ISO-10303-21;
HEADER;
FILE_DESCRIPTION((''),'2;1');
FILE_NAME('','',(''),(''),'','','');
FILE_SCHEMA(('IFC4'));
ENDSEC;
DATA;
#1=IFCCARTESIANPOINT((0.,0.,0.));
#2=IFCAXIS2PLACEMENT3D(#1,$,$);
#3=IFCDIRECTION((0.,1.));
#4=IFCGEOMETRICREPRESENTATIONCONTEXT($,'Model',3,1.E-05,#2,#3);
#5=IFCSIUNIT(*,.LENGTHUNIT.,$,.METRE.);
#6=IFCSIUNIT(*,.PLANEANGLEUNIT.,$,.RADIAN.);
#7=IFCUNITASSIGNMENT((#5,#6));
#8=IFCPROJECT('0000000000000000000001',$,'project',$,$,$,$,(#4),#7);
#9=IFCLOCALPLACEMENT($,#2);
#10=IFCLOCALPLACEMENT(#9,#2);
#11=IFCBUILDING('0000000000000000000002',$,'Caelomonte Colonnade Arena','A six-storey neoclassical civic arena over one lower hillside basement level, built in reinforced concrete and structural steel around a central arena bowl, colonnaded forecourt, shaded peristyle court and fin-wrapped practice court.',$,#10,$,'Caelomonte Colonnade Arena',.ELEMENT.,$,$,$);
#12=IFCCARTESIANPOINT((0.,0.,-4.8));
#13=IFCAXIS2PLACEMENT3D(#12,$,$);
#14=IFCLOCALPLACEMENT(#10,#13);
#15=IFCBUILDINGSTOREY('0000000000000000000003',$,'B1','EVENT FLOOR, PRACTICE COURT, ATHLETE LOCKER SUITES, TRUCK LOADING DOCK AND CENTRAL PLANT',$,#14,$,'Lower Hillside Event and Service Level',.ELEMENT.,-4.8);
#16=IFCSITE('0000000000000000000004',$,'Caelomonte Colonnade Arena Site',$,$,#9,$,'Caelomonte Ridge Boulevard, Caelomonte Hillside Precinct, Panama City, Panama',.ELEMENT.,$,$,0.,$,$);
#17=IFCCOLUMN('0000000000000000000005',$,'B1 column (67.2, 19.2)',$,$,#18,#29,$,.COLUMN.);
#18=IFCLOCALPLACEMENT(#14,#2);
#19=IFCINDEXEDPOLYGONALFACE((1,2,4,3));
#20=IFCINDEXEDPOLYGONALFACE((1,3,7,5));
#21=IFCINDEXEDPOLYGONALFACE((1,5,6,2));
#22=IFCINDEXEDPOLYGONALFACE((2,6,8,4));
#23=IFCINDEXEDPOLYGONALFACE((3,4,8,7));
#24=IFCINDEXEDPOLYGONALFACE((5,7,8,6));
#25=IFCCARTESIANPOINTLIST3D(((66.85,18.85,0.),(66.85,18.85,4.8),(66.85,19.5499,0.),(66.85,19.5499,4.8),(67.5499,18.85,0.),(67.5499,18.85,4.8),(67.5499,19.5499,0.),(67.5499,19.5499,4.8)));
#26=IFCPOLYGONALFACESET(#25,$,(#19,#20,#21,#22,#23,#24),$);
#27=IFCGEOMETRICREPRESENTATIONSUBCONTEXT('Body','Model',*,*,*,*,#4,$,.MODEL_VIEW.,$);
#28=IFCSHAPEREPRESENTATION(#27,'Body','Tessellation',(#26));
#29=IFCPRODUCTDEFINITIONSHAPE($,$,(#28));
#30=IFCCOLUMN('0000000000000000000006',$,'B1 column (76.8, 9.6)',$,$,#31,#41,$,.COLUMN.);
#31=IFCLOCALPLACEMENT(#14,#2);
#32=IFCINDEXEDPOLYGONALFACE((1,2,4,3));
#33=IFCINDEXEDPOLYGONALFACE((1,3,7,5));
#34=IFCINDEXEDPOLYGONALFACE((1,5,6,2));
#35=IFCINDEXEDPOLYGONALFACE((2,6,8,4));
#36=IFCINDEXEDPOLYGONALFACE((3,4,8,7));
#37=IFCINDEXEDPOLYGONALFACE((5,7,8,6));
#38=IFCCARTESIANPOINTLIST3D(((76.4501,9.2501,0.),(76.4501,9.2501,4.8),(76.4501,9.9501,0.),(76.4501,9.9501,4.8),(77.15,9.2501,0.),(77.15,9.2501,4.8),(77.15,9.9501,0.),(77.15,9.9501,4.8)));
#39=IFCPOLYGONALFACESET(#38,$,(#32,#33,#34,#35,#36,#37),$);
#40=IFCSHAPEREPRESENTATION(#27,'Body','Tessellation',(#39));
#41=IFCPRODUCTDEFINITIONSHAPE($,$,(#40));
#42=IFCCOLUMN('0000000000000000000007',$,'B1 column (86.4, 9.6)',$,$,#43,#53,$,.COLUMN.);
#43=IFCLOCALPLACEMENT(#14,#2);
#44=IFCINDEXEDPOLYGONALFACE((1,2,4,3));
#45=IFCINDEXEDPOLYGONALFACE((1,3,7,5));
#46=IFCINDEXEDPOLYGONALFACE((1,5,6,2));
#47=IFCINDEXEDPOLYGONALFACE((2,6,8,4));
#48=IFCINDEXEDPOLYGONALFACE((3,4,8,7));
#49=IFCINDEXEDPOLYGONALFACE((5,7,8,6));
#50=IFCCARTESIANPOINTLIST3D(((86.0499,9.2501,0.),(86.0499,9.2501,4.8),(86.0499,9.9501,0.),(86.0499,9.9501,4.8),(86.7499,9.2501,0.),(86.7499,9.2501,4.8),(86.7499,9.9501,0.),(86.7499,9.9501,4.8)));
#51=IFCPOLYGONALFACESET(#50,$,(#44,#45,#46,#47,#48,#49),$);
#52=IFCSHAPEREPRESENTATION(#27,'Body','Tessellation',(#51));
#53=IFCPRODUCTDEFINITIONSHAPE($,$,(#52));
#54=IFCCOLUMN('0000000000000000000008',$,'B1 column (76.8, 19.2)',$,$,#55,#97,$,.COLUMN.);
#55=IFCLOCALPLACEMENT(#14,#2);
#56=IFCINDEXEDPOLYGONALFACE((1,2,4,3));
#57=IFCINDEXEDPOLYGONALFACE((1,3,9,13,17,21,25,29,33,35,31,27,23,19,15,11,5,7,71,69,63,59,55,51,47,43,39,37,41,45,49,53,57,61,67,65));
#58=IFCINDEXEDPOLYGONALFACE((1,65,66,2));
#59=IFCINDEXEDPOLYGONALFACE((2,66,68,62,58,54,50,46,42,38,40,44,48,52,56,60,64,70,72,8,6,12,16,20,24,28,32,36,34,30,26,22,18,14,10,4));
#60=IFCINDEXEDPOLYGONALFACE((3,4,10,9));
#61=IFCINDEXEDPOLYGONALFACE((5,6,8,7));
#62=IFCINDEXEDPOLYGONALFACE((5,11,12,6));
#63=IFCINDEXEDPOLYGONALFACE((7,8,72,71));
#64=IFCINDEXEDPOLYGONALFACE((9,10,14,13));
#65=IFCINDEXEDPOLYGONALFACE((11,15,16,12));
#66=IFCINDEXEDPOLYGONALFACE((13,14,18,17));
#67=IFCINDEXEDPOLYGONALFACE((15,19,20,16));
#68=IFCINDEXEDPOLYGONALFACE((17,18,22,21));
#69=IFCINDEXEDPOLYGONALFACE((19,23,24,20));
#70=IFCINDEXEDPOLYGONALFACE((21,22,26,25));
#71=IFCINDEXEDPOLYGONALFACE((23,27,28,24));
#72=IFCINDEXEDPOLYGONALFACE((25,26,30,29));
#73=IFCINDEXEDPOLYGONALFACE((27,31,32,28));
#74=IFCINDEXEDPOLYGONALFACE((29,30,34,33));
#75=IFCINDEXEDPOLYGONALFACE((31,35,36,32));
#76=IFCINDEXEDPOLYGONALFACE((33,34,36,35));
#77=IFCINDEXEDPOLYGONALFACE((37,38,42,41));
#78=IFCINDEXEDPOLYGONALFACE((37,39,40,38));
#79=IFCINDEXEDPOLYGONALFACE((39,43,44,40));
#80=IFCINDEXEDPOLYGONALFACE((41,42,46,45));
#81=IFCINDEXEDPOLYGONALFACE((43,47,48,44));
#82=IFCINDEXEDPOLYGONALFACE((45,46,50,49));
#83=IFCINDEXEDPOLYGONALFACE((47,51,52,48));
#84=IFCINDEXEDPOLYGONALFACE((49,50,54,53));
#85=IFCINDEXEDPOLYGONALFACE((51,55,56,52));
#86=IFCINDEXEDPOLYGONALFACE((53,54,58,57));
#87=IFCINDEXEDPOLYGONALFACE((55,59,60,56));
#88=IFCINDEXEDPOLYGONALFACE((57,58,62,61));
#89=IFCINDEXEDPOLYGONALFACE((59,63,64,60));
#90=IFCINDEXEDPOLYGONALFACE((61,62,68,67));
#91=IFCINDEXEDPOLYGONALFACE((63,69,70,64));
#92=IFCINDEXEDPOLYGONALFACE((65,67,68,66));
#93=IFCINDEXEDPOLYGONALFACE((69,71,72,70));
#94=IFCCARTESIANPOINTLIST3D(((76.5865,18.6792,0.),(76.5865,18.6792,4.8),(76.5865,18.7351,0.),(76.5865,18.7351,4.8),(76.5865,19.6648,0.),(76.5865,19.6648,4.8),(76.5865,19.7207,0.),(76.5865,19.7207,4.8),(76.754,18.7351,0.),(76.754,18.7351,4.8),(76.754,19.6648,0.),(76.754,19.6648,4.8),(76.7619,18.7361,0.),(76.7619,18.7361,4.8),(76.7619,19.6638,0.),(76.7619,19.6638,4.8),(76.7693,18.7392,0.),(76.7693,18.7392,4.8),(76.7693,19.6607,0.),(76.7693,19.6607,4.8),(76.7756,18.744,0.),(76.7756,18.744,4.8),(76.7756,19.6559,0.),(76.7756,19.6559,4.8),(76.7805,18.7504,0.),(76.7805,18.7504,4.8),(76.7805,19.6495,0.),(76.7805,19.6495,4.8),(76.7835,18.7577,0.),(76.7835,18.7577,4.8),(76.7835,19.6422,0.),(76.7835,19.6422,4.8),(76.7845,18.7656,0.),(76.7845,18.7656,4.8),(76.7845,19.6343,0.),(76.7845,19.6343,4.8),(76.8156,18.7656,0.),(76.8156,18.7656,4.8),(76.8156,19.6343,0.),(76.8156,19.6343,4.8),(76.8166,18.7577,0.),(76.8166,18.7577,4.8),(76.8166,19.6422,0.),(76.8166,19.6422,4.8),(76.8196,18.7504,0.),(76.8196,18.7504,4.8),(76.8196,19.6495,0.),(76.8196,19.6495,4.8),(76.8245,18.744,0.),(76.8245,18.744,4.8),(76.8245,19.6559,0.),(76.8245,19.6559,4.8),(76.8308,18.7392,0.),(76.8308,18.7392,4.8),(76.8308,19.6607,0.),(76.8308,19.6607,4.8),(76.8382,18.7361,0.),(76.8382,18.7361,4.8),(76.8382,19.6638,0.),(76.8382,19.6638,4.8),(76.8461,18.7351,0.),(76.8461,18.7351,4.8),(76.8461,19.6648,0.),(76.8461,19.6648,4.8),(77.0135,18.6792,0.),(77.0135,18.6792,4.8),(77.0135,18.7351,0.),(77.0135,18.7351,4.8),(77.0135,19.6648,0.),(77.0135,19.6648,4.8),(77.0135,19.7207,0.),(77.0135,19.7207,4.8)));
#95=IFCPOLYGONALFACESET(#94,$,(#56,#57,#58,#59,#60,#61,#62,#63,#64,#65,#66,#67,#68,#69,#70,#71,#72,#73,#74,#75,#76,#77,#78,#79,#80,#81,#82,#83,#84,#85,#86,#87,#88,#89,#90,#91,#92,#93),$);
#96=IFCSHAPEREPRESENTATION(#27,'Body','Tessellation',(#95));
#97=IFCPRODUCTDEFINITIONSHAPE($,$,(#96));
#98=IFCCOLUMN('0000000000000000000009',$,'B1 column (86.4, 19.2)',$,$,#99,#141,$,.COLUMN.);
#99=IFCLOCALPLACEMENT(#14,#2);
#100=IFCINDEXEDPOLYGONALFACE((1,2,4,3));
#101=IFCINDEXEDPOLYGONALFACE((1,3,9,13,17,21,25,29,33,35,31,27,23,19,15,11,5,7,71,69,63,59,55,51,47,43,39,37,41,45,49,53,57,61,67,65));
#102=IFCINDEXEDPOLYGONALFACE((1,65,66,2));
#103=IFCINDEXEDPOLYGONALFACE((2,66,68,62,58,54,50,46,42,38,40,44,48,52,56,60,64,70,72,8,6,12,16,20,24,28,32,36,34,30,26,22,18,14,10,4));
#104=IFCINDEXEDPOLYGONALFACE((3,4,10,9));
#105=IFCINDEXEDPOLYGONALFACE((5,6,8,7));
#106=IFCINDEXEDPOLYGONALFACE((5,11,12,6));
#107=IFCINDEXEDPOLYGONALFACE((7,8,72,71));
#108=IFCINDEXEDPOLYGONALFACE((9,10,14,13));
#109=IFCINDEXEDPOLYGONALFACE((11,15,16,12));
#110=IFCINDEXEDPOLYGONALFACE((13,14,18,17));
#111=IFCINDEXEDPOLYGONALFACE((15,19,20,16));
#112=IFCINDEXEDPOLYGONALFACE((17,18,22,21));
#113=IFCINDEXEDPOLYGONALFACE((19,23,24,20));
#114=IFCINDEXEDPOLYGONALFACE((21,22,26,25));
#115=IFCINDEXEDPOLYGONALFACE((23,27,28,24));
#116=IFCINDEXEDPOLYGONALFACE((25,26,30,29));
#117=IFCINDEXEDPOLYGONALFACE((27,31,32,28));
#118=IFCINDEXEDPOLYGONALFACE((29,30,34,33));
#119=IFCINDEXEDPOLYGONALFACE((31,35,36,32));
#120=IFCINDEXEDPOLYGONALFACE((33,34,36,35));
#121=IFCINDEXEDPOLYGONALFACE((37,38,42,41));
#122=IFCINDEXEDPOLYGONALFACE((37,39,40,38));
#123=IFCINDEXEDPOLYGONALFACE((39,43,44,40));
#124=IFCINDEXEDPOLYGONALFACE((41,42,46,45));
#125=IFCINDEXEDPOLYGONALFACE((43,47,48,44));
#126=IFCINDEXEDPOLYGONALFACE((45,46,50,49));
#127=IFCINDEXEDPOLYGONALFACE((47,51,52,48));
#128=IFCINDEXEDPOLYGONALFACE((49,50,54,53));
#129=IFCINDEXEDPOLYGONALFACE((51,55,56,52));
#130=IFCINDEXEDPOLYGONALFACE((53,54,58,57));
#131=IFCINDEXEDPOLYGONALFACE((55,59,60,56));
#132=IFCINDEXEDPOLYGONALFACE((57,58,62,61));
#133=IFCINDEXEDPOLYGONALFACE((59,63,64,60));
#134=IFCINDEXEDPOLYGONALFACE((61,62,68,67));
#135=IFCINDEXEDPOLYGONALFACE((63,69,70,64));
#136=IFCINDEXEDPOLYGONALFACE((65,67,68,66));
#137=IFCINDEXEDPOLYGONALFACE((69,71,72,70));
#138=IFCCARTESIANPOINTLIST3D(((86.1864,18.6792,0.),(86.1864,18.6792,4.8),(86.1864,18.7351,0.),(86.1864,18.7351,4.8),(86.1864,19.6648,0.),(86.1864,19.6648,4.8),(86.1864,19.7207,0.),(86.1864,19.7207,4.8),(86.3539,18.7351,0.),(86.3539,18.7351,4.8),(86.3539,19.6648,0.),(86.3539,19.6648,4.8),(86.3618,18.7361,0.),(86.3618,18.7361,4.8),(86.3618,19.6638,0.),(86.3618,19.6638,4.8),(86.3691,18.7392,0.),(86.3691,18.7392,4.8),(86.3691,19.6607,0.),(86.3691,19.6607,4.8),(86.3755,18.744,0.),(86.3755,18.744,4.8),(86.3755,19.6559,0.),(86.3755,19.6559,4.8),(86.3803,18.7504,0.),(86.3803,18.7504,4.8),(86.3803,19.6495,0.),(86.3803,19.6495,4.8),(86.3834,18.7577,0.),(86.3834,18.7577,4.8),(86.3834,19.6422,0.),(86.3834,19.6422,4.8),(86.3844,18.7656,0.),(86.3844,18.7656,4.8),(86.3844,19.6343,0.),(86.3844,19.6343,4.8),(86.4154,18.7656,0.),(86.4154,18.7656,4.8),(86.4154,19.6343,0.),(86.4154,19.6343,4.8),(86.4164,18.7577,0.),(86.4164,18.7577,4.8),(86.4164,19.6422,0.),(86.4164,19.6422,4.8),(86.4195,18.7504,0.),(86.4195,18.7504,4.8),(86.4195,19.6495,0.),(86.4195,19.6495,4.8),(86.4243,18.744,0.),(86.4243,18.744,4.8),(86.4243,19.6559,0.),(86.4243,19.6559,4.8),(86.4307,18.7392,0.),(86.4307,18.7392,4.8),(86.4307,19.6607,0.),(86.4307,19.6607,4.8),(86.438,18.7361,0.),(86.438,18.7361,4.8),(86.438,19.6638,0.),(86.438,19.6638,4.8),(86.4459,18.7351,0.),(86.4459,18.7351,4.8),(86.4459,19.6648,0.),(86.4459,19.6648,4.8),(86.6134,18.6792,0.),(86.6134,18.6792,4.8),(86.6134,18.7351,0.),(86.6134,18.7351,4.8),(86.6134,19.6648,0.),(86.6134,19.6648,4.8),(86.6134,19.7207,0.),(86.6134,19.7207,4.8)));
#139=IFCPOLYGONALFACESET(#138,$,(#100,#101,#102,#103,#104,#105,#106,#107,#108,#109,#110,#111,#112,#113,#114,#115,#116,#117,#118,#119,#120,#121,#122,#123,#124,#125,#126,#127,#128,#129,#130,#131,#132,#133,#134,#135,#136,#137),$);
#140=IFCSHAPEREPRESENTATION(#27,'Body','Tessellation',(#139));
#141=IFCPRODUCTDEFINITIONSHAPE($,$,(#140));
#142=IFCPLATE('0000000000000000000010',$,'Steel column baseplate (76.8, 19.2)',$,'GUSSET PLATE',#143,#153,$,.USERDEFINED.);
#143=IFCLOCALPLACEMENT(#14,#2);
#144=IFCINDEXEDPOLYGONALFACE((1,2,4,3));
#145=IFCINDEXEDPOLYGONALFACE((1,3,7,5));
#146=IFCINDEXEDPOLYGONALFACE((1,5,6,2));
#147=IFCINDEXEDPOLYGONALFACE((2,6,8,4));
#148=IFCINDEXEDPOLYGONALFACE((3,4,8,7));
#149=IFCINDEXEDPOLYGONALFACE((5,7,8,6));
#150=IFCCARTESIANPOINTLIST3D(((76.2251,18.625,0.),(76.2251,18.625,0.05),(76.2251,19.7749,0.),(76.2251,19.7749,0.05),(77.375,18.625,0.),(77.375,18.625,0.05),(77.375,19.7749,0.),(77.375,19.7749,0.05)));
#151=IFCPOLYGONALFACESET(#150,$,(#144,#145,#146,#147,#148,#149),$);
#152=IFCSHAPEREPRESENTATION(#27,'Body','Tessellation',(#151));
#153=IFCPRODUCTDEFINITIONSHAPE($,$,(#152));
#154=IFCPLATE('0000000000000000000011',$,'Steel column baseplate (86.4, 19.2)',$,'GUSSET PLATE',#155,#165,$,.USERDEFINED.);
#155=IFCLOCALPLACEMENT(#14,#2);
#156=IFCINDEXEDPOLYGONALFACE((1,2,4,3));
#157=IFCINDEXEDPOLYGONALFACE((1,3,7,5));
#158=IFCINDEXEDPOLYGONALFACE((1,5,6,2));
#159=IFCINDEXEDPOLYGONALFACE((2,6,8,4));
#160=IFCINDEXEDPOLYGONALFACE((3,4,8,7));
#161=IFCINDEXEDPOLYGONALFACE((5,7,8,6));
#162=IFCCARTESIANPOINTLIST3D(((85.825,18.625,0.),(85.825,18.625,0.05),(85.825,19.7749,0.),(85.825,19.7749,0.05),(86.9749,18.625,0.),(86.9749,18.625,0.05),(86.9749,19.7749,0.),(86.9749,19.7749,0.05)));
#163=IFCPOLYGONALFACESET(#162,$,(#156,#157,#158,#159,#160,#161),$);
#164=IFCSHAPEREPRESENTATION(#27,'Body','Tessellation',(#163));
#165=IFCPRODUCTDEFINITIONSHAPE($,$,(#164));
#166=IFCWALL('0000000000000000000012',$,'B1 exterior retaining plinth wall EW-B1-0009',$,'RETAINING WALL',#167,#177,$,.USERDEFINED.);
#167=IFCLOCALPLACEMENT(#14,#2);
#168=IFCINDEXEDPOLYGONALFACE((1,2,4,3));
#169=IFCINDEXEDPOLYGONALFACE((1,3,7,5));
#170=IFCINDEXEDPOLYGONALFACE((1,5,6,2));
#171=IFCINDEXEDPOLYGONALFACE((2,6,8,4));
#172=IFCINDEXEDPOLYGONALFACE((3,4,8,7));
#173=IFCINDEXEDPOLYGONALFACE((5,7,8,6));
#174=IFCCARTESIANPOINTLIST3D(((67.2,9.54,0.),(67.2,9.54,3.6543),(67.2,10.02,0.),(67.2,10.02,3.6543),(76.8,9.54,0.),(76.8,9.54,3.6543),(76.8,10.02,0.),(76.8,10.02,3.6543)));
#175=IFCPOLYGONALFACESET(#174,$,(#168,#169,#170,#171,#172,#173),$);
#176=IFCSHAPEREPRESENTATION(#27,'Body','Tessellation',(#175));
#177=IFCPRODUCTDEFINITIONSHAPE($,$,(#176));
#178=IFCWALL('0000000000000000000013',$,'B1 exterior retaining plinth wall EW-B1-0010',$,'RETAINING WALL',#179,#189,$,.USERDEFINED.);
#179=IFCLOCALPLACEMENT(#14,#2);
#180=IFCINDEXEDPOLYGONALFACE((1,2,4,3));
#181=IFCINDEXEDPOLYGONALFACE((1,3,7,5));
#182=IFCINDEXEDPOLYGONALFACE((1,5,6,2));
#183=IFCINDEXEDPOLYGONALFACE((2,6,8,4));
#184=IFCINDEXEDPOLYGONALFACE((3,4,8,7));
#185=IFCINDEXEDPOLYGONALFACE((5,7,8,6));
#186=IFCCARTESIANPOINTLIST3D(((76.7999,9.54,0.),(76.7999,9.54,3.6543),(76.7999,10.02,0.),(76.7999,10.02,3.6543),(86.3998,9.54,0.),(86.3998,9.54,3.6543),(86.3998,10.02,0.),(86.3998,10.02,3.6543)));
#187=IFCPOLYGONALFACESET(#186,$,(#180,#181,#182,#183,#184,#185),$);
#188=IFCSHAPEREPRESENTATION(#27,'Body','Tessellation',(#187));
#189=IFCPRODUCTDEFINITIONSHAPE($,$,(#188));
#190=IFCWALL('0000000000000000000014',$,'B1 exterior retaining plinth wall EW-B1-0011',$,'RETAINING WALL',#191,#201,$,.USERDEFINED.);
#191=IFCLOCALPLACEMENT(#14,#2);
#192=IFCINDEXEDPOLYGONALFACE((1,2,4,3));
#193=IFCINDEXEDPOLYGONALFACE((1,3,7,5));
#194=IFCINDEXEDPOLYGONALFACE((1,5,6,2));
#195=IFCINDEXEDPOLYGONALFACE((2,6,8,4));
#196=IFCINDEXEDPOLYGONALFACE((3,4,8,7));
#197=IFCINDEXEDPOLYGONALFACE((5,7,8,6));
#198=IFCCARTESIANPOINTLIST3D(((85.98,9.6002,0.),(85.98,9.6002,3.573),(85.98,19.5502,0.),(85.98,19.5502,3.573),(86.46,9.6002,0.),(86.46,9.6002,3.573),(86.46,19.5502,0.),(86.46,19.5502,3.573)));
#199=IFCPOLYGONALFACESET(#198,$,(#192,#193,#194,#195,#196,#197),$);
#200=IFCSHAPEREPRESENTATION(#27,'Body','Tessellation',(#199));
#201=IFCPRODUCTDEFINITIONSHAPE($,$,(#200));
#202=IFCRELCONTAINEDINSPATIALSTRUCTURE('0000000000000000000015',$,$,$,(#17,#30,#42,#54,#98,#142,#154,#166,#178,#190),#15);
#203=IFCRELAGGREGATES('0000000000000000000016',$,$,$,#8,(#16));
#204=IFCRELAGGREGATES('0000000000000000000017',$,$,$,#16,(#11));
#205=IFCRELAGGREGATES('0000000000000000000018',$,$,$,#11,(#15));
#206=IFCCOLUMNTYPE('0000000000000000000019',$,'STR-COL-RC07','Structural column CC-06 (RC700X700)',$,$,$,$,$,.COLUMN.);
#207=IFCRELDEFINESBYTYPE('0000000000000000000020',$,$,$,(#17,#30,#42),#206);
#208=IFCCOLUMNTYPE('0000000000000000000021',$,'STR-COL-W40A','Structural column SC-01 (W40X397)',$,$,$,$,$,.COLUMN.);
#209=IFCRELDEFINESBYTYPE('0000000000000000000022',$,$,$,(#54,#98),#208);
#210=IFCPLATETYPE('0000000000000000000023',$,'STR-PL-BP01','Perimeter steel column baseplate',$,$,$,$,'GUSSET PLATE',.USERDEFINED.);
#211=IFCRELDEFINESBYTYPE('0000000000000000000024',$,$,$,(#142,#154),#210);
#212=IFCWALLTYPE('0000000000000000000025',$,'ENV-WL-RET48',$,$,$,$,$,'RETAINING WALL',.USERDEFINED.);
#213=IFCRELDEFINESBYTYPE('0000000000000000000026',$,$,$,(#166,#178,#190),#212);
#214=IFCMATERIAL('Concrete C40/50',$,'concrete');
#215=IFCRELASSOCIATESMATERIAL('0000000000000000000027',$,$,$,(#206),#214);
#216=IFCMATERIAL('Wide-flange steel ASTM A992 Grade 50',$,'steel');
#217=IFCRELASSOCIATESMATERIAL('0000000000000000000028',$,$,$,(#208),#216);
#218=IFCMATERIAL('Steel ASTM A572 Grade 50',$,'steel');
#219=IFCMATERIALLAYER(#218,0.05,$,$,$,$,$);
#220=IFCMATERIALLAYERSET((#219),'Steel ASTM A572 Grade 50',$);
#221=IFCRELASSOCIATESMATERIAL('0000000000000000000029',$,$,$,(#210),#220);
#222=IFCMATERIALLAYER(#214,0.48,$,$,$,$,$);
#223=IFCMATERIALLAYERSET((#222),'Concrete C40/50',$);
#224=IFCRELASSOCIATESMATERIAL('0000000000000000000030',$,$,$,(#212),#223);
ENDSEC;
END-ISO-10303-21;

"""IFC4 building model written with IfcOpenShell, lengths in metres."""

from ifc_helpers import new_model, si_unit, direction, frame, frame_2d, origin, origin_2d, place, context, subcontext, project, spatial, rectangle, i_section, extrude, material, layer, layer_set, material_profile, profile_set, type_object, element, save


model = new_model("IFC4")

# Units and contexts
model_context = context("Model", 3, precision=1e-05, world=origin(), true_north=direction((0.0, 1.0)))
body_context = subcontext(model_context, "Body", "Model", "MODEL_VIEW")
ifc_project = project(units=[si_unit("LENGTHUNIT", "METRE"), si_unit("PLANEANGLEUNIT", "RADIAN")], contexts=[model_context])

# Site, building, storey
site_placement = place(None, origin())
site = spatial("IfcSite", under=ifc_project, at=site_placement, Name="Caelomonte Colonnade Arena Site", LongName="Caelomonte Ridge Boulevard, Caelomonte Hillside Precinct, Panama City, Panama", CompositionType="ELEMENT", RefElevation=0.0)
building_placement = place(site_placement, origin())
building = spatial("IfcBuilding", under=site, at=building_placement, Name="Caelomonte Colonnade Arena", Description="A six-storey neoclassical civic arena over one lower hillside basement level, built in reinforced concrete and structural steel around a central arena bowl, colonnaded forecourt, shaded peristyle court and fin-wrapped practice court.", LongName="Caelomonte Colonnade Arena", CompositionType="ELEMENT")
storey_placement = place(building_placement, frame((0.0, 0.0, -4.8)))
storey = spatial("IfcBuildingStorey", under=building, at=storey_placement, Name="B1", Description="EVENT FLOOR, PRACTICE COURT, ATHLETE LOCKER SUITES, TRUCK LOADING DOCK AND CENTRAL PLANT", LongName="Lower Hillside Event and Service Level", CompositionType="ELEMENT", Elevation=-4.8)

# Shared definitions
ifc_material_1 = material(Name="Concrete C40/50", Category="concrete")

# Columns
ifc_material_profile_1 = material_profile(ifc_material_1, rectangle(XDim=0.7, YDim=0.7, at=origin_2d()), Name="RC700X700")
ifc_profile_set_1 = profile_set([ifc_material_profile_1], Name="Concrete C40/50")
column_type_1 = type_object("IfcColumnType", Name="STR-COL-RC07", Description="Structural column CC-06 (RC700X700)", PredefinedType="COLUMN", material=ifc_profile_set_1)
for number, where, z_axis, x_axis, name in (
    (1, (67.2, 19.2, 0.0), (0.0, 0.0, 1.0), (1.0, 0.0, 0.0), "B1 column (67.2, 19.2)"),
    (2, (76.8, 9.6001, 0.0), (0.0, 0.0, 1.0), (1.0, 0.0, 0.0), "B1 column (76.8, 9.6)"),
    (3, (86.3999, 9.6001, 0.0), (0.0, 0.0, 1.0), (1.0, 0.0, 0.0), "B1 column (86.4, 9.6)"),
):
    element("IfcColumn", number, at=place(storey_placement, frame(where, z_axis=z_axis, x_axis=x_axis)), inside=storey, type_object=column_type_1, Name=name, PredefinedType="COLUMN", context=body_context, shape_type="SweptSolid", body=[
        extrude(rectangle(XDim=0.7, YDim=0.7, at=origin_2d()), origin(), (0.0, 0.0, 1.0), 4.8),
    ])
ifc_material_2 = material(Name="Wide-flange steel ASTM A992 Grade 50", Category="steel")
ifc_material_profile_2 = material_profile(ifc_material_2, i_section(OverallWidth=0.427, OverallDepth=1.0415, WebThickness=0.031, FlangeThickness=0.0559, FilletRadius=0.0305, at=origin_2d()), Name="W40X397")
ifc_profile_set_2 = profile_set([ifc_material_profile_2], Name="Wide-flange steel ASTM A992 Grade 50")
column_type_2 = type_object("IfcColumnType", Name="STR-COL-W40A", Description="Structural column SC-01 (W40X397)", PredefinedType="COLUMN", material=ifc_profile_set_2)
for number, where, z_axis, x_axis, name in (
    (4, (76.8, 19.2, 0.0), (0.0, 0.0, 1.0), (1.0, 0.0, 0.0), "B1 column (76.8, 19.2)"),
    (5, (86.3999, 19.2, 0.0), (0.0, 0.0, 1.0), (1.0, 0.0, 0.0), "B1 column (86.4, 19.2)"),
):
    element("IfcColumn", number, at=place(storey_placement, frame(where, z_axis=z_axis, x_axis=x_axis)), inside=storey, type_object=column_type_2, Name=name, PredefinedType="COLUMN", context=body_context, shape_type="SweptSolid", body=[
        extrude(i_section(OverallWidth=0.427, OverallDepth=1.0415, WebThickness=0.031, FlangeThickness=0.0559, FilletRadius=0.0305, at=origin_2d()), origin(), (0.0, 0.0, 1.0), 4.8),
    ])

# Plates
ifc_material_3 = material(Name="Steel ASTM A572 Grade 50", Category="steel")
ifc_layer_1 = layer(ifc_material_3, 0.05)
ifc_layer_set_1 = layer_set([ifc_layer_1], Name="Steel ASTM A572 Grade 50")
plate_type = type_object("IfcPlateType", Name="STR-PL-BP01", Description="Perimeter steel column baseplate", ElementType="GUSSET PLATE", PredefinedType="USERDEFINED", material=ifc_layer_set_1)
for number, where, z_axis, x_axis, name in (
    (6, (76.8, 19.2, 0.0), (0.0, 0.0, 1.0), (1.0, 0.0, 0.0), "Steel column baseplate (76.8, 19.2)"),
    (7, (86.3999, 19.2, 0.0), (0.0, 0.0, 1.0), (1.0, 0.0, 0.0), "Steel column baseplate (86.4, 19.2)"),
):
    element("IfcPlate", number, at=place(storey_placement, frame(where, z_axis=z_axis, x_axis=x_axis)), inside=storey, type_object=plate_type, Name=name, ObjectType="GUSSET PLATE", PredefinedType="USERDEFINED", context=body_context, shape_type="SweptSolid", body=[
        extrude(rectangle(XDim=1.1499, YDim=1.1499, at=origin_2d()), origin(), (0.0, 0.0, 1.0), 0.05),
    ])

# Walls
ifc_layer_2 = layer(ifc_material_1, 0.48)
ifc_layer_set_2 = layer_set([ifc_layer_2], Name="Concrete C40/50")
wall_type_1 = type_object("IfcWallType", Name="ENV-WL-RET48", ElementType="RETAINING WALL", PredefinedType="USERDEFINED", material=ifc_layer_set_2)
wall_1_placement = place(storey_placement, frame((67.2, 9.78, 0.0), z_axis=(0.0, 0.0, 1.0), x_axis=(1.0, 0.0, 0.0)))
element("IfcWall", 8, at=wall_1_placement, inside=storey, type_object=wall_type_1, Name="B1 exterior retaining plinth wall EW-B1-0009", ObjectType="RETAINING WALL", PredefinedType="USERDEFINED", context=body_context, shape_type="SweptSolid", body=[
    extrude(rectangle(XDim=9.6001, YDim=0.48, at=frame_2d((4.8, 0.0))), origin(), (0.0, 0.0, 1.0), 3.6543),
])
wall_2_placement = place(storey_placement, frame((76.8, 9.78, 0.0), z_axis=(0.0, 0.0, 1.0), x_axis=(1.0, 0.0, 0.0)))
element("IfcWall", 9, at=wall_2_placement, inside=storey, type_object=wall_type_1, Name="B1 exterior retaining plinth wall EW-B1-0010", ObjectType="RETAINING WALL", PredefinedType="USERDEFINED", context=body_context, shape_type="SweptSolid", body=[
    extrude(rectangle(XDim=9.5999, YDim=0.48, at=frame_2d((4.7998, 0.0))), origin(), (0.0, 0.0, 1.0), 3.6543),
])
wall_3_placement = place(storey_placement, frame((86.22, 9.6001, 0.0), z_axis=(0.0, 0.0, 1.0), x_axis=(0.0, 1.0, 0.0)))
element("IfcWall", 10, at=wall_3_placement, inside=storey, type_object=wall_type_1, Name="B1 exterior retaining plinth wall EW-B1-0011", ObjectType="RETAINING WALL", PredefinedType="USERDEFINED", context=body_context, shape_type="SweptSolid", body=[
    extrude(rectangle(XDim=9.95, YDim=0.48, at=frame_2d((4.9751, 0.0))), origin(), (0.0, 0.0, 1.0), 3.573),
])

save(model, "model.ifc")
